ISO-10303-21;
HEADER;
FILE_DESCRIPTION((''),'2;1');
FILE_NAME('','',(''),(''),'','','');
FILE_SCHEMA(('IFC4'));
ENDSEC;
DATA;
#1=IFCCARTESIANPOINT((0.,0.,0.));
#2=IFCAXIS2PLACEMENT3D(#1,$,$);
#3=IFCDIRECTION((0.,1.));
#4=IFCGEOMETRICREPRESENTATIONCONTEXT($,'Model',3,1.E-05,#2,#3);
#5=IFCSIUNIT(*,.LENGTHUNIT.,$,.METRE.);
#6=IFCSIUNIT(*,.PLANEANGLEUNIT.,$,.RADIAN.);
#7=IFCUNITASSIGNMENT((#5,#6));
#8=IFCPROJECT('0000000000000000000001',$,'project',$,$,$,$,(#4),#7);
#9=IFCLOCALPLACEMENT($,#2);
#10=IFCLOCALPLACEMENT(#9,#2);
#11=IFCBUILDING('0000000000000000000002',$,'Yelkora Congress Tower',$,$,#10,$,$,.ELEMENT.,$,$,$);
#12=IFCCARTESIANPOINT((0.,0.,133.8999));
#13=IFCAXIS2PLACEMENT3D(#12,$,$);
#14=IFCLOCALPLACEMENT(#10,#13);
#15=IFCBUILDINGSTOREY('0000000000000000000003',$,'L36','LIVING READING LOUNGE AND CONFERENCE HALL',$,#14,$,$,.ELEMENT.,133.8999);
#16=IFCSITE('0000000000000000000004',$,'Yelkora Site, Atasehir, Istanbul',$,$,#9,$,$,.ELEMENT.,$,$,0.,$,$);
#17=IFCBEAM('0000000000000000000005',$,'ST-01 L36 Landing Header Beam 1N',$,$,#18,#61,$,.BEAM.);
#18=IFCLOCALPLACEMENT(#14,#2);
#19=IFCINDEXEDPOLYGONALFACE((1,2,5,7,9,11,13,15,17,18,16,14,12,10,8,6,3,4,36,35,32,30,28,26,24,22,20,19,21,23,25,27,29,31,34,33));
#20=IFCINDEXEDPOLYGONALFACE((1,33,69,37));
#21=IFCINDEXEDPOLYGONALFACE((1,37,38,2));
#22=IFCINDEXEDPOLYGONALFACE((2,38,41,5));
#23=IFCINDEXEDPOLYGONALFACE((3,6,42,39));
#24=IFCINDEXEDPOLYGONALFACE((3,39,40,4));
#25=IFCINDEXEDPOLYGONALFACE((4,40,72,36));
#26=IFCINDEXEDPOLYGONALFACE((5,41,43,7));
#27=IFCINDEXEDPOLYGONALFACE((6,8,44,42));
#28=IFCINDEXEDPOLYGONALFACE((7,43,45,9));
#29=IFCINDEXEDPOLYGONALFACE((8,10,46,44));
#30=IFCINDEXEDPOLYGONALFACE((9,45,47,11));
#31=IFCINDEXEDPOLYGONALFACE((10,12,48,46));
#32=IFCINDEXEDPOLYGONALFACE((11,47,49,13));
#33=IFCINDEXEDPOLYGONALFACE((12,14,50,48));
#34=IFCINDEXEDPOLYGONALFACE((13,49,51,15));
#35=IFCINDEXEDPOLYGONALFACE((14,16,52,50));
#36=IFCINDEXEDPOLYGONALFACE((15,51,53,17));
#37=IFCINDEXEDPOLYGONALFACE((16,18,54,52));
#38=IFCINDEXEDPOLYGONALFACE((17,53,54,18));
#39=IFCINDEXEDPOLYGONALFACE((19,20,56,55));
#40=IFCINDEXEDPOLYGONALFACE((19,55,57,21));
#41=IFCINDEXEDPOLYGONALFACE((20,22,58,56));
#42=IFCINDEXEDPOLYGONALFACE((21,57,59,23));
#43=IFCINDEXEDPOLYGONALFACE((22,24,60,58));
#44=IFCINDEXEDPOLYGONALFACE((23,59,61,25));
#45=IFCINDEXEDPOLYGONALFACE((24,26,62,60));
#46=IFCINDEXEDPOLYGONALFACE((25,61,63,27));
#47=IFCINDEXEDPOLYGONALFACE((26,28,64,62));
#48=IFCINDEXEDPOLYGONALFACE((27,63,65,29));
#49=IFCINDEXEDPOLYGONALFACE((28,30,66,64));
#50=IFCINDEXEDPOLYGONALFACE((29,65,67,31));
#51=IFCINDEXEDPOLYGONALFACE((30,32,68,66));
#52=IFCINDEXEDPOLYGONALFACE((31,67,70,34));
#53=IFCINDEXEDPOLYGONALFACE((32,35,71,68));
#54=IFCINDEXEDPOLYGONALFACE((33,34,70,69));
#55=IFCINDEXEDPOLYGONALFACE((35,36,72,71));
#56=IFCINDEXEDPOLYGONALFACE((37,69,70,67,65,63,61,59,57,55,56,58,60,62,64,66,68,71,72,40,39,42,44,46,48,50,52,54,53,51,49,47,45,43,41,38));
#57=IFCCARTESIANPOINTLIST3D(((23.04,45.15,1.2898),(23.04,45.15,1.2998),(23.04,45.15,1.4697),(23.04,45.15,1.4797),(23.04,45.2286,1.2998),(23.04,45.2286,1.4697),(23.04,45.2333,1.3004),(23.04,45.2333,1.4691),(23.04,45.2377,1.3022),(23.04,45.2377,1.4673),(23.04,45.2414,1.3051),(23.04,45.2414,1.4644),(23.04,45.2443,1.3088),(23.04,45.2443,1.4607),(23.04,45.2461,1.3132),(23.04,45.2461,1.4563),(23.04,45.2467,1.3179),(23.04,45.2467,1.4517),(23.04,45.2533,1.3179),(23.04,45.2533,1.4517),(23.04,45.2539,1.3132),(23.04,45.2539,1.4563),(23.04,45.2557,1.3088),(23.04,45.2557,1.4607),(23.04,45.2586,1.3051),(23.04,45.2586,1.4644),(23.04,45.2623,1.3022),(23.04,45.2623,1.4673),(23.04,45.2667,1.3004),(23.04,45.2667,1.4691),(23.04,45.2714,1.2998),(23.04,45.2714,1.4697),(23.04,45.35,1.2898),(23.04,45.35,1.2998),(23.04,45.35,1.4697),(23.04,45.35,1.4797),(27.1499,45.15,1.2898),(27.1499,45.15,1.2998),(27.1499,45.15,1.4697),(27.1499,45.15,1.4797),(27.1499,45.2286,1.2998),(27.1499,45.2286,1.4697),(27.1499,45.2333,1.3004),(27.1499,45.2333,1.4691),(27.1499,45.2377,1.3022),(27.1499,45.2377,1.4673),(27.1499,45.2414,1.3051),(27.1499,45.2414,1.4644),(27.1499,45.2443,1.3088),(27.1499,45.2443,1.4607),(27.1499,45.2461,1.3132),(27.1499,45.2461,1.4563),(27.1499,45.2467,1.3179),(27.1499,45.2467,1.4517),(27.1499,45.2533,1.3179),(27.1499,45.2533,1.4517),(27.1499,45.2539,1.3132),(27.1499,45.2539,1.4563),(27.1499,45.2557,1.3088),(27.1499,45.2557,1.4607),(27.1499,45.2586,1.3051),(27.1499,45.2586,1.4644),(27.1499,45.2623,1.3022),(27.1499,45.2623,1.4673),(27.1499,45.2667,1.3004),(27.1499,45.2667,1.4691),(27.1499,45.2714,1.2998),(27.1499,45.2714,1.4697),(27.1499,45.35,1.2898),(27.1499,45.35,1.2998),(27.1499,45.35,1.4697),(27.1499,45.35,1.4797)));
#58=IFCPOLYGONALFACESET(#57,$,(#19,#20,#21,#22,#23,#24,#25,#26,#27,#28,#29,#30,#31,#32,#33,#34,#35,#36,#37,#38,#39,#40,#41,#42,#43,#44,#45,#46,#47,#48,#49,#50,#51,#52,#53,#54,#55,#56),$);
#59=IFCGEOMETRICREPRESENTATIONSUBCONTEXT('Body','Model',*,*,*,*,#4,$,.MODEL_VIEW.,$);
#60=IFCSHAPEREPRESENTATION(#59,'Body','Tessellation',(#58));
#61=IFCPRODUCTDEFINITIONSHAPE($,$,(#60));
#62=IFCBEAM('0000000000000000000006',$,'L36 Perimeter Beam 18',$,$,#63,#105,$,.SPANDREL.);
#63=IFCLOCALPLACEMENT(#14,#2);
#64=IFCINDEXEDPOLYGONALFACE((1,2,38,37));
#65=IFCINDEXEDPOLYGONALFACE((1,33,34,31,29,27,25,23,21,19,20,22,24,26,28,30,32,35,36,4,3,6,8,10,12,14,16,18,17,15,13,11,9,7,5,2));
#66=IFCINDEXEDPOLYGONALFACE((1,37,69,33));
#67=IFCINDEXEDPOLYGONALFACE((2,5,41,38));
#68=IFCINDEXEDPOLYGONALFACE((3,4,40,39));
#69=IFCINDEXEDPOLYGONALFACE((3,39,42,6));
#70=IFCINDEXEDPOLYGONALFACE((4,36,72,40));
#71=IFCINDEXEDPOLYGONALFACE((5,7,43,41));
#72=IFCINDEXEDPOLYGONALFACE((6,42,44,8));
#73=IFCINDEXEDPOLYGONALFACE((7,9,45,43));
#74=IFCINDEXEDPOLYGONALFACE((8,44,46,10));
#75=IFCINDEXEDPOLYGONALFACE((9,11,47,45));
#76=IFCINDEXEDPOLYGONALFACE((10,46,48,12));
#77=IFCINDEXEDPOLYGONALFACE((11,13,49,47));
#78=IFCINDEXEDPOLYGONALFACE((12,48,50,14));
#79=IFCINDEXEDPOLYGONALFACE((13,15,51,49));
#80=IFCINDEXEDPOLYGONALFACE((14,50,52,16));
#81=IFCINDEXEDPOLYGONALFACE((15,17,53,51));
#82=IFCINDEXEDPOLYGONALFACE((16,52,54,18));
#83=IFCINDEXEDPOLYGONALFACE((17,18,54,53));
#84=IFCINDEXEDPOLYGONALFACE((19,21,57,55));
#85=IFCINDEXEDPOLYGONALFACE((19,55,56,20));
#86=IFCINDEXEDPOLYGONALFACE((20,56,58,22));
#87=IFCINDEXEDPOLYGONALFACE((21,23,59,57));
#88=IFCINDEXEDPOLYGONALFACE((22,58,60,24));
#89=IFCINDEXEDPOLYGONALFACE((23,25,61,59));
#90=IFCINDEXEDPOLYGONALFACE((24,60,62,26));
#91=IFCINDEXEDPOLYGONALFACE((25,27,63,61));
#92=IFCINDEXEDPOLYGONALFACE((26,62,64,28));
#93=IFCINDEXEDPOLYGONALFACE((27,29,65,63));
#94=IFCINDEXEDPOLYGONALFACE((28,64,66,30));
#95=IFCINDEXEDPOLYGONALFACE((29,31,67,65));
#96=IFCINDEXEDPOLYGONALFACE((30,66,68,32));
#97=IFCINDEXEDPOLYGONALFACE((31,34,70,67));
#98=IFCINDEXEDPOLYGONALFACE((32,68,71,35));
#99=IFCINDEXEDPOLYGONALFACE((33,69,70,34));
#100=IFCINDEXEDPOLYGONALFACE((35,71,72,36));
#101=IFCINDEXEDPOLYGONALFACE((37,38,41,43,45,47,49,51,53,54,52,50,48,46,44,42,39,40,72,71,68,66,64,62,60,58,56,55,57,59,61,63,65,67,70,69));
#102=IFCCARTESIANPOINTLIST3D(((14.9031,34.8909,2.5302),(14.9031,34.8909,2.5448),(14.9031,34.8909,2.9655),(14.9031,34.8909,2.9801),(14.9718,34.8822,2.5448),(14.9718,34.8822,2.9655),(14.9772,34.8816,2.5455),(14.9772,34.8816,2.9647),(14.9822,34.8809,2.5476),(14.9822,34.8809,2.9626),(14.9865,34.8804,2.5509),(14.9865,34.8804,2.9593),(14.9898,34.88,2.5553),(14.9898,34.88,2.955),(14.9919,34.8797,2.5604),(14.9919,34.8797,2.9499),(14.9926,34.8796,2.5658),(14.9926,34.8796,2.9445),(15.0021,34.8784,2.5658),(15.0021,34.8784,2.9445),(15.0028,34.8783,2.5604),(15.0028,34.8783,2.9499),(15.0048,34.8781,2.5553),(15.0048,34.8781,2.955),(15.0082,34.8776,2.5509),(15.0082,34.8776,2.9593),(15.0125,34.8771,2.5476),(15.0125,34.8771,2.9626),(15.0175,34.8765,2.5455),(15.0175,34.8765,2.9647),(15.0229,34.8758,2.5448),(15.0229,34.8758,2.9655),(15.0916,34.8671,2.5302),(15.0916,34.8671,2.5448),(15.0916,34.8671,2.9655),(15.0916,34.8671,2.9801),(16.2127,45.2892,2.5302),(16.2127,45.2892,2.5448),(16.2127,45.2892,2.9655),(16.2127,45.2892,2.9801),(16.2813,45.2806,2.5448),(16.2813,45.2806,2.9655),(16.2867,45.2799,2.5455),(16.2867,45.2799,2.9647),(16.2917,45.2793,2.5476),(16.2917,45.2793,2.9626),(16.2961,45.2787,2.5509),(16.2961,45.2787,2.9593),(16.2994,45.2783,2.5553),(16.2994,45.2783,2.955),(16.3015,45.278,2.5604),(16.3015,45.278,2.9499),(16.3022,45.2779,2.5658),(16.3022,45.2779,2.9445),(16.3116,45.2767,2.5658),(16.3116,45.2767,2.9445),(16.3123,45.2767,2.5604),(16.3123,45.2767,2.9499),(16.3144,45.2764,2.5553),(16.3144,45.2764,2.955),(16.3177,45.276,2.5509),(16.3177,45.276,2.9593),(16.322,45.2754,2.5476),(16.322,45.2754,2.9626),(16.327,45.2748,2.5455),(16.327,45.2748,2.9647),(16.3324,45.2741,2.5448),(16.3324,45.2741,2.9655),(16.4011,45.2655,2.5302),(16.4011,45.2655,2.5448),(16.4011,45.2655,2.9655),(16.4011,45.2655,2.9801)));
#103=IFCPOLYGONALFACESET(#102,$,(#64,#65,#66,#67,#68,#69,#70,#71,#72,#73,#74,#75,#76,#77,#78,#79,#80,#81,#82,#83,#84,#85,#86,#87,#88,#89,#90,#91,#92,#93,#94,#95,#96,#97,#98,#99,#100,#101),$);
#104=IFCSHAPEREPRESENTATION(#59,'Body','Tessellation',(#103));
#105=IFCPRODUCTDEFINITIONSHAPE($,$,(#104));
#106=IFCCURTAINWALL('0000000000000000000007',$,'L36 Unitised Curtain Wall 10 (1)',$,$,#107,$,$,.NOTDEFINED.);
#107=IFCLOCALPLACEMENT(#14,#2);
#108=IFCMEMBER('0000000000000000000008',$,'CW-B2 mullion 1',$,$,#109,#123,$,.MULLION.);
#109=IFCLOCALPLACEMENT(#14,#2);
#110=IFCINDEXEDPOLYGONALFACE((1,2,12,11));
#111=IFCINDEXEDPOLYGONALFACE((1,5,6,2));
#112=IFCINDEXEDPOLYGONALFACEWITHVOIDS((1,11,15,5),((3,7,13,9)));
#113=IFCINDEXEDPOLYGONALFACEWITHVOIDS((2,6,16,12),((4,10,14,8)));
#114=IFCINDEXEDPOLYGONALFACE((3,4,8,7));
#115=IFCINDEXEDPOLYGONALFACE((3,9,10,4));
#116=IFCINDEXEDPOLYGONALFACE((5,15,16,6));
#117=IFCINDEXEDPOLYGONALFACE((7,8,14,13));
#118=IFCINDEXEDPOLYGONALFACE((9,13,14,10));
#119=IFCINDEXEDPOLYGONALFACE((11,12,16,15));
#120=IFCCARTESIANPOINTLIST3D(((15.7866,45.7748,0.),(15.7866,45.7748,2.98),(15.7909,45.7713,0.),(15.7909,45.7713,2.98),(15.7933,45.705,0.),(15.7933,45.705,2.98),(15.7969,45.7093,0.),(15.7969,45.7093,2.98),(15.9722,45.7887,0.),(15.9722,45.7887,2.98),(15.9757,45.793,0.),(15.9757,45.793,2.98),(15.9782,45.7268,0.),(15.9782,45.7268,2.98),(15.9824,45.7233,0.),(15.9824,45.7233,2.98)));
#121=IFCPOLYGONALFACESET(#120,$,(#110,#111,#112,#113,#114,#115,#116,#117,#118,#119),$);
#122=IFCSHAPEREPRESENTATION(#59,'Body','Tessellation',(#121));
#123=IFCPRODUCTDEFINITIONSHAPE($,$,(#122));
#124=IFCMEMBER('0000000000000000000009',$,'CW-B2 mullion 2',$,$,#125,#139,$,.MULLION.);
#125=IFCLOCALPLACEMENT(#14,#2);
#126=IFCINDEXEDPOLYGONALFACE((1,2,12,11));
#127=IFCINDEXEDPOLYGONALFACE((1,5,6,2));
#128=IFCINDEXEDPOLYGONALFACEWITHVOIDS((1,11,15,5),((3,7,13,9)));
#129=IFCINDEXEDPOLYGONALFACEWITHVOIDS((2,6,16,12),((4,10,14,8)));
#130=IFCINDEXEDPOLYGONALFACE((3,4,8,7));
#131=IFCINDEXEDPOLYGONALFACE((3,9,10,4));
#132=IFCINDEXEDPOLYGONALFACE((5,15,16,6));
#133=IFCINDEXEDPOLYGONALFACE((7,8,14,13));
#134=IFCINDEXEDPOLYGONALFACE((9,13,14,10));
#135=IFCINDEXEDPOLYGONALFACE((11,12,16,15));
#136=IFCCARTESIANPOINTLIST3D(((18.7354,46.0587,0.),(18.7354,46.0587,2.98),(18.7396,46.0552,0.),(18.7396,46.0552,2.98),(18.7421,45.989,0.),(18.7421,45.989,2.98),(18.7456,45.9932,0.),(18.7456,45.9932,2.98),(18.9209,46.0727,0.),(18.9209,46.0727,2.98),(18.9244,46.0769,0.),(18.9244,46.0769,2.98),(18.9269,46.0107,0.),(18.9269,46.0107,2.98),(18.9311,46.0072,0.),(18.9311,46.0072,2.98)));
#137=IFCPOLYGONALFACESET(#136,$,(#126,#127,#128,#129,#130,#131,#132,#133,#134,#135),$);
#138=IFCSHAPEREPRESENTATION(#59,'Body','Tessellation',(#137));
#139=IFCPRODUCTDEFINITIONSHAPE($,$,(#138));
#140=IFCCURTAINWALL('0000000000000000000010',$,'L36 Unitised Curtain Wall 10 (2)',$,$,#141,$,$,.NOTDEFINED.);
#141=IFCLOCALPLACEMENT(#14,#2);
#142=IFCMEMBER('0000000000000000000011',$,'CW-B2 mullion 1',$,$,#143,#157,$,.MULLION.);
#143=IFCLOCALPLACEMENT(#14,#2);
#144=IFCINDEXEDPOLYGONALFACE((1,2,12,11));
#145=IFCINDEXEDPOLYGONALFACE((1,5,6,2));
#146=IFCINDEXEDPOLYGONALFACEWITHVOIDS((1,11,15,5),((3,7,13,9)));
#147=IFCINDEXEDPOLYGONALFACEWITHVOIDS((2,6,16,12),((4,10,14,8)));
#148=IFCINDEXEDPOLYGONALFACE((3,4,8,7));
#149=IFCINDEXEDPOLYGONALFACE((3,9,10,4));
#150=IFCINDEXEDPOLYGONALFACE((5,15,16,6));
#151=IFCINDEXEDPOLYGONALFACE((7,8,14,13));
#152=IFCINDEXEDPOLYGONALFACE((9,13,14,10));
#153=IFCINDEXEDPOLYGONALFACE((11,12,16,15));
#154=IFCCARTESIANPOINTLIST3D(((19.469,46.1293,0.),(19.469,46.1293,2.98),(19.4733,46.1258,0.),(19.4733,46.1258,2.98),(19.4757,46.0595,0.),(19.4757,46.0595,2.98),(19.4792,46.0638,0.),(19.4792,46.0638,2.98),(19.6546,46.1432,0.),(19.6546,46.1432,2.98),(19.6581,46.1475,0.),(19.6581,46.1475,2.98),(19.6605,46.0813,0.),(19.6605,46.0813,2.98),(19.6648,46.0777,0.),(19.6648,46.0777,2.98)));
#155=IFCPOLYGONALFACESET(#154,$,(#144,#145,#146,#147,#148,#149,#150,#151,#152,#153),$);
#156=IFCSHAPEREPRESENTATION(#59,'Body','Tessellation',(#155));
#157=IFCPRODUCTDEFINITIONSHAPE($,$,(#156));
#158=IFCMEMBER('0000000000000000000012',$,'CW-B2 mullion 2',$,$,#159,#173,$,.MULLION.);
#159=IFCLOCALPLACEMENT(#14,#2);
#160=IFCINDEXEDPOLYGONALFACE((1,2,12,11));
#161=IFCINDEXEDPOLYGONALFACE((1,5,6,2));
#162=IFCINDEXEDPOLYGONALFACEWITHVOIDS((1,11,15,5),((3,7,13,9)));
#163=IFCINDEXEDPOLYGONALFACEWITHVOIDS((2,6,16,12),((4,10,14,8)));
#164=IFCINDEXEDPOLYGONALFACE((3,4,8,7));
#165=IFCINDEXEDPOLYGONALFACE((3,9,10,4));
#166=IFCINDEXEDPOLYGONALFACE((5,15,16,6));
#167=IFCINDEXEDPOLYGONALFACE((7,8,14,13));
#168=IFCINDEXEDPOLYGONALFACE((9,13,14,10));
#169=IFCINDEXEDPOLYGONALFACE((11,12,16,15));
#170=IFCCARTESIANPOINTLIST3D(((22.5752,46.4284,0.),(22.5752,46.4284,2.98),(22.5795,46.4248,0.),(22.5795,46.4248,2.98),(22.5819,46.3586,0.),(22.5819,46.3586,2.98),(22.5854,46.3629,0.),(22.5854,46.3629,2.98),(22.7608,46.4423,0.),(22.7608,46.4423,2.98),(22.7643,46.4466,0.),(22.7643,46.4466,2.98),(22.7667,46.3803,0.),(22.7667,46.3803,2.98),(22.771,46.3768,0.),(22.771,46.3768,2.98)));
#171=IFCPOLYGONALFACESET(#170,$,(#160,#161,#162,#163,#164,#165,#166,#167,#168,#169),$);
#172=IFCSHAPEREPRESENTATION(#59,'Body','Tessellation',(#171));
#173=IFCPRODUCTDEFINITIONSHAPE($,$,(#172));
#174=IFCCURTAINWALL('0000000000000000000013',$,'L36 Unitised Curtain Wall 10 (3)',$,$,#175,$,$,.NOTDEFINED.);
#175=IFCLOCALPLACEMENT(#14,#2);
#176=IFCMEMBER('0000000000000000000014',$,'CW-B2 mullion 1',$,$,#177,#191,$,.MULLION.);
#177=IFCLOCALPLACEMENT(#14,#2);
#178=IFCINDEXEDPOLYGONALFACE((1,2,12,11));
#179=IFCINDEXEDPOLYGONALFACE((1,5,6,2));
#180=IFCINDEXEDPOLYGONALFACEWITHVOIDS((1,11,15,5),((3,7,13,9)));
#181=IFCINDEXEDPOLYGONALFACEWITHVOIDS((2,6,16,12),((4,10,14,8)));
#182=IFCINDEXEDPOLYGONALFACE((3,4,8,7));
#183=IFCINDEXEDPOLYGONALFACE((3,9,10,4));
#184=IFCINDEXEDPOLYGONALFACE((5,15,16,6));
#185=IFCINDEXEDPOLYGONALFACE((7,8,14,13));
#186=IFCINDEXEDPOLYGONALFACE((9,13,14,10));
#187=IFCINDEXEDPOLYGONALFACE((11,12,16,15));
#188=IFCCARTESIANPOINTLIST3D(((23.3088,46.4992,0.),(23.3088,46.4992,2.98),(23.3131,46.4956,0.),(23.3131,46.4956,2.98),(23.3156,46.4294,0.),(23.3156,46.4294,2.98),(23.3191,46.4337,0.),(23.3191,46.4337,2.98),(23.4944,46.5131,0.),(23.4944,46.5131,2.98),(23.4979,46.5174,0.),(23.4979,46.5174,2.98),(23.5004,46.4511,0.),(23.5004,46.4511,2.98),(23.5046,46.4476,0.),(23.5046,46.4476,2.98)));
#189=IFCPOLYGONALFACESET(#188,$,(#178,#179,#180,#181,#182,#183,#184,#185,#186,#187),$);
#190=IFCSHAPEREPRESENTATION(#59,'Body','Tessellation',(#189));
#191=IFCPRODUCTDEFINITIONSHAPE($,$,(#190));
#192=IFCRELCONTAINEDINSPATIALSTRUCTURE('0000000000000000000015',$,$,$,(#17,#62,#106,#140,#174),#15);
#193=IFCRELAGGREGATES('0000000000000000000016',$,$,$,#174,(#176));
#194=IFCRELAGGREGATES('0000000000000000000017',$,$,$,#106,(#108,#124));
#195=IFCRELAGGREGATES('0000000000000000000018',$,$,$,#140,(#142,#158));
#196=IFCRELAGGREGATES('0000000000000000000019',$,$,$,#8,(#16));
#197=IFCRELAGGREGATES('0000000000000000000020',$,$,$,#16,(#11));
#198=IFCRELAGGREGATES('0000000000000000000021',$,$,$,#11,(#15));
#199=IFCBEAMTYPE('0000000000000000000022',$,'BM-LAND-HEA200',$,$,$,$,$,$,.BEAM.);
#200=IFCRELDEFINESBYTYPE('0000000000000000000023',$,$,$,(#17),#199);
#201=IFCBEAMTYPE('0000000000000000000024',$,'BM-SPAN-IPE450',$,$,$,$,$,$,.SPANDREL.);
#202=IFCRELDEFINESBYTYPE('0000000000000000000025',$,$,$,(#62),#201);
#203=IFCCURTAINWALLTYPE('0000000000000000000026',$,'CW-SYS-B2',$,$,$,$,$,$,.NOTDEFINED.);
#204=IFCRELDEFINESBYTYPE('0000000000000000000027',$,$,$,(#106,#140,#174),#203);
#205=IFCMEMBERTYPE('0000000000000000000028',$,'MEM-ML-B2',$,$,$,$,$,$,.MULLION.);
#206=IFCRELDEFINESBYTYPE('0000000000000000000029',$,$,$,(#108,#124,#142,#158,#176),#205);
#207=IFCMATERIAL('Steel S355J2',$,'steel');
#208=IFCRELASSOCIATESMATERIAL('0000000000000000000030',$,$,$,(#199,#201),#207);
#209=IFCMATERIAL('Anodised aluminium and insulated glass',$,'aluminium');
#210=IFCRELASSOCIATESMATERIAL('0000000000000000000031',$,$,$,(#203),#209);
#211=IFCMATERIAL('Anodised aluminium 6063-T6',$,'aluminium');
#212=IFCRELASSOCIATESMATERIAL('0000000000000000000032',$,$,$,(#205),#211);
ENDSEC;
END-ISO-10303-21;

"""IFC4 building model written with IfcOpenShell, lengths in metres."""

from ifc_helpers import new_model, si_unit, direction, frame, origin, origin_2d, place, context, subcontext, project, spatial, hollow_rectangle, i_section, extrude, material, material_profile, profile_set, type_object, element, aggregate, save


model = new_model("IFC4")

# Units and contexts
model_context = context("Model", 3, precision=1e-05, world=origin(), true_north=direction((0.0, 1.0)))
body_context = subcontext(model_context, "Body", "Model", "MODEL_VIEW")
ifc_project = project(units=[si_unit("LENGTHUNIT", "METRE"), si_unit("PLANEANGLEUNIT", "RADIAN")], contexts=[model_context])

# Site, building, storey
site_placement = place(None, origin())
site = spatial("IfcSite", under=ifc_project, at=site_placement, Name="Yelkora Site, Atasehir, Istanbul", CompositionType="ELEMENT", RefElevation=0.0)
building_placement = place(site_placement, origin())
building = spatial("IfcBuilding", under=site, at=building_placement, Name="Yelkora Congress Tower", CompositionType="ELEMENT")
storey_placement = place(building_placement, frame((0.0, 0.0, 133.8999)))
storey = spatial("IfcBuildingStorey", under=building, at=storey_placement, Name="L36", Description="LIVING READING LOUNGE AND CONFERENCE HALL", CompositionType="ELEMENT", Elevation=133.8999)

# Beams
ifc_material_1 = material(Name="Steel S355J2", Category="steel")
ifc_material_profile_1 = material_profile(ifc_material_1, i_section(OverallWidth=0.2, OverallDepth=0.1899, WebThickness=0.0066, FlangeThickness=0.01, FilletRadius=0.0181, at=origin_2d()), Name="HEA 200")
ifc_profile_set_1 = profile_set([ifc_material_profile_1], Name="Steel S355J2")
beam_type_1 = type_object("IfcBeamType", Name="BM-LAND-HEA200", PredefinedType="BEAM", material=ifc_profile_set_1)
beam_1_placement = place(storey_placement, frame((23.04, 45.25, 1.3848), z_axis=(1.0, 0.0, 0.0), x_axis=(0.0, 1.0, 0.0)))
element("IfcBeam", 1, at=beam_1_placement, inside=storey, type_object=beam_type_1, Name="ST-01 L36 Landing Header Beam 1N", PredefinedType="BEAM", context=body_context, shape_type="SweptSolid", body=[
    extrude(i_section(OverallWidth=0.2, OverallDepth=0.1899, WebThickness=0.0066, FlangeThickness=0.01, FilletRadius=0.0181, at=origin_2d()), origin(), (0.0, 0.0, 1.0), 4.1099),
])
ifc_material_profile_2 = material_profile(ifc_material_1, i_section(OverallWidth=0.1899, OverallDepth=0.45, WebThickness=0.0095, FlangeThickness=0.0146, FilletRadius=0.021, at=origin_2d()), Name="IPE 450")
ifc_profile_set_2 = profile_set([ifc_material_profile_2], Name="Steel S355J2")
beam_type_2 = type_object("IfcBeamType", Name="BM-SPAN-IPE450", PredefinedType="SPANDREL", material=ifc_profile_set_2)
beam_2_placement = place(storey_placement, frame((16.3069, 45.2773, 2.7551), z_axis=(-0.124952, -0.992163, 0.0), x_axis=(0.992163, -0.124952, 0.0)))
element("IfcBeam", 2, at=beam_2_placement, inside=storey, type_object=beam_type_2, Name="L36 Perimeter Beam 18", PredefinedType="SPANDREL", context=body_context, shape_type="SweptSolid", body=[
    extrude(i_section(OverallWidth=0.1899, OverallDepth=0.45, WebThickness=0.0095, FlangeThickness=0.0146, FilletRadius=0.021, at=origin_2d()), origin(), (0.0, 0.0, 1.0), 10.4805),
])

# Curtain walls, members
ifc_material_2 = material(Name="Anodised aluminium and insulated glass", Category="aluminium")
curtain_wall_type = type_object("IfcCurtainWallType", Name="CW-SYS-B2", PredefinedType="NOTDEFINED", material=ifc_material_2)
curtain_wall_1_placement = place(storey_placement, origin())
curtain_wall_1 = element("IfcCurtainWall", 3, at=curtain_wall_1_placement, inside=storey, type_object=curtain_wall_type, Name="L36 Unitised Curtain Wall 10 (1)", PredefinedType="NOTDEFINED")
ifc_material_3 = material(Name="Anodised aluminium 6063-T6", Category="aluminium")
ifc_material_profile_3 = material_profile(ifc_material_3, hollow_rectangle(XDim=0.0701, YDim=0.1899, WallThickness=0.0039, at=origin_2d()), Name="ALU 70x190x4")
ifc_profile_set_3 = profile_set([ifc_material_profile_3], Name="Anodised aluminium 6063-T6")
member_type_1 = type_object("IfcMemberType", Name="MEM-ML-B2", PredefinedType="MULLION", material=ifc_profile_set_3)
member_1_placement = place(storey_placement, frame((15.8845, 45.749, 0.0), z_axis=(0.0, 0.0, 1.0), x_axis=(-0.095839, 0.995397, 0.0)))
member_1 = element("IfcMember", 4, at=member_1_placement, type_object=member_type_1, Name="CW-B2 mullion 1", PredefinedType="MULLION", context=body_context, shape_type="SweptSolid", body=[
    extrude(hollow_rectangle(XDim=0.0701, YDim=0.1899, WallThickness=0.0039, at=origin_2d()), origin(), (0.0, 0.0, 1.0), 2.98),
])
member_2_placement = place(storey_placement, frame((18.8333, 46.033, 0.0), z_axis=(0.0, 0.0, 1.0), x_axis=(-0.095839, 0.995397, 0.0)))
member_2 = element("IfcMember", 5, at=member_2_placement, type_object=member_type_1, Name="CW-B2 mullion 2", PredefinedType="MULLION", context=body_context, shape_type="SweptSolid", body=[
    extrude(hollow_rectangle(XDim=0.0701, YDim=0.1899, WallThickness=0.0039, at=origin_2d()), origin(), (0.0, 0.0, 1.0), 2.98),
])
curtain_wall_2_placement = place(storey_placement, origin())
curtain_wall_2 = element("IfcCurtainWall", 6, at=curtain_wall_2_placement, inside=storey, type_object=curtain_wall_type, Name="L36 Unitised Curtain Wall 10 (2)", PredefinedType="NOTDEFINED")
member_3_placement = place(storey_placement, frame((19.5669, 46.1035, 0.0), z_axis=(0.0, 0.0, 1.0), x_axis=(-0.095841, 0.995397, 0.0)))
member_3 = element("IfcMember", 7, at=member_3_placement, type_object=member_type_1, Name="CW-B2 mullion 1", PredefinedType="MULLION", context=body_context, shape_type="SweptSolid", body=[
    extrude(hollow_rectangle(XDim=0.0701, YDim=0.1899, WallThickness=0.0039, at=origin_2d()), origin(), (0.0, 0.0, 1.0), 2.98),
])
member_4_placement = place(storey_placement, frame((22.6731, 46.4026, 0.0), z_axis=(0.0, 0.0, 1.0), x_axis=(-0.095841, 0.995397, 0.0)))
member_4 = element("IfcMember", 8, at=member_4_placement, type_object=member_type_1, Name="CW-B2 mullion 2", PredefinedType="MULLION", context=body_context, shape_type="SweptSolid", body=[
    extrude(hollow_rectangle(XDim=0.0701, YDim=0.1899, WallThickness=0.0039, at=origin_2d()), origin(), (0.0, 0.0, 1.0), 2.98),
])

# Curtain wall, member
curtain_wall_3_placement = place(storey_placement, origin())
curtain_wall_3 = element("IfcCurtainWall", 9, at=curtain_wall_3_placement, inside=storey, type_object=curtain_wall_type, Name="L36 Unitised Curtain Wall 10 (3)", PredefinedType="NOTDEFINED")
member_5_placement = place(storey_placement, frame((23.4067, 46.4734, 0.0), z_axis=(0.0, 0.0, 1.0), x_axis=(-0.095844, 0.995396, 0.0)))
member_5 = element("IfcMember", 10, at=member_5_placement, type_object=member_type_1, Name="CW-B2 mullion 1", PredefinedType="MULLION", context=body_context, shape_type="SweptSolid", body=[
    extrude(hollow_rectangle(XDim=0.0701, YDim=0.1899, WallThickness=0.0039, at=origin_2d()), origin(), (0.0, 0.0, 1.0), 2.98),
])

aggregate(curtain_wall_3, [member_5])

aggregate(curtain_wall_1, [member_1, member_2])
aggregate(curtain_wall_2, [member_3, member_4])

save(model, "model.ifc")
